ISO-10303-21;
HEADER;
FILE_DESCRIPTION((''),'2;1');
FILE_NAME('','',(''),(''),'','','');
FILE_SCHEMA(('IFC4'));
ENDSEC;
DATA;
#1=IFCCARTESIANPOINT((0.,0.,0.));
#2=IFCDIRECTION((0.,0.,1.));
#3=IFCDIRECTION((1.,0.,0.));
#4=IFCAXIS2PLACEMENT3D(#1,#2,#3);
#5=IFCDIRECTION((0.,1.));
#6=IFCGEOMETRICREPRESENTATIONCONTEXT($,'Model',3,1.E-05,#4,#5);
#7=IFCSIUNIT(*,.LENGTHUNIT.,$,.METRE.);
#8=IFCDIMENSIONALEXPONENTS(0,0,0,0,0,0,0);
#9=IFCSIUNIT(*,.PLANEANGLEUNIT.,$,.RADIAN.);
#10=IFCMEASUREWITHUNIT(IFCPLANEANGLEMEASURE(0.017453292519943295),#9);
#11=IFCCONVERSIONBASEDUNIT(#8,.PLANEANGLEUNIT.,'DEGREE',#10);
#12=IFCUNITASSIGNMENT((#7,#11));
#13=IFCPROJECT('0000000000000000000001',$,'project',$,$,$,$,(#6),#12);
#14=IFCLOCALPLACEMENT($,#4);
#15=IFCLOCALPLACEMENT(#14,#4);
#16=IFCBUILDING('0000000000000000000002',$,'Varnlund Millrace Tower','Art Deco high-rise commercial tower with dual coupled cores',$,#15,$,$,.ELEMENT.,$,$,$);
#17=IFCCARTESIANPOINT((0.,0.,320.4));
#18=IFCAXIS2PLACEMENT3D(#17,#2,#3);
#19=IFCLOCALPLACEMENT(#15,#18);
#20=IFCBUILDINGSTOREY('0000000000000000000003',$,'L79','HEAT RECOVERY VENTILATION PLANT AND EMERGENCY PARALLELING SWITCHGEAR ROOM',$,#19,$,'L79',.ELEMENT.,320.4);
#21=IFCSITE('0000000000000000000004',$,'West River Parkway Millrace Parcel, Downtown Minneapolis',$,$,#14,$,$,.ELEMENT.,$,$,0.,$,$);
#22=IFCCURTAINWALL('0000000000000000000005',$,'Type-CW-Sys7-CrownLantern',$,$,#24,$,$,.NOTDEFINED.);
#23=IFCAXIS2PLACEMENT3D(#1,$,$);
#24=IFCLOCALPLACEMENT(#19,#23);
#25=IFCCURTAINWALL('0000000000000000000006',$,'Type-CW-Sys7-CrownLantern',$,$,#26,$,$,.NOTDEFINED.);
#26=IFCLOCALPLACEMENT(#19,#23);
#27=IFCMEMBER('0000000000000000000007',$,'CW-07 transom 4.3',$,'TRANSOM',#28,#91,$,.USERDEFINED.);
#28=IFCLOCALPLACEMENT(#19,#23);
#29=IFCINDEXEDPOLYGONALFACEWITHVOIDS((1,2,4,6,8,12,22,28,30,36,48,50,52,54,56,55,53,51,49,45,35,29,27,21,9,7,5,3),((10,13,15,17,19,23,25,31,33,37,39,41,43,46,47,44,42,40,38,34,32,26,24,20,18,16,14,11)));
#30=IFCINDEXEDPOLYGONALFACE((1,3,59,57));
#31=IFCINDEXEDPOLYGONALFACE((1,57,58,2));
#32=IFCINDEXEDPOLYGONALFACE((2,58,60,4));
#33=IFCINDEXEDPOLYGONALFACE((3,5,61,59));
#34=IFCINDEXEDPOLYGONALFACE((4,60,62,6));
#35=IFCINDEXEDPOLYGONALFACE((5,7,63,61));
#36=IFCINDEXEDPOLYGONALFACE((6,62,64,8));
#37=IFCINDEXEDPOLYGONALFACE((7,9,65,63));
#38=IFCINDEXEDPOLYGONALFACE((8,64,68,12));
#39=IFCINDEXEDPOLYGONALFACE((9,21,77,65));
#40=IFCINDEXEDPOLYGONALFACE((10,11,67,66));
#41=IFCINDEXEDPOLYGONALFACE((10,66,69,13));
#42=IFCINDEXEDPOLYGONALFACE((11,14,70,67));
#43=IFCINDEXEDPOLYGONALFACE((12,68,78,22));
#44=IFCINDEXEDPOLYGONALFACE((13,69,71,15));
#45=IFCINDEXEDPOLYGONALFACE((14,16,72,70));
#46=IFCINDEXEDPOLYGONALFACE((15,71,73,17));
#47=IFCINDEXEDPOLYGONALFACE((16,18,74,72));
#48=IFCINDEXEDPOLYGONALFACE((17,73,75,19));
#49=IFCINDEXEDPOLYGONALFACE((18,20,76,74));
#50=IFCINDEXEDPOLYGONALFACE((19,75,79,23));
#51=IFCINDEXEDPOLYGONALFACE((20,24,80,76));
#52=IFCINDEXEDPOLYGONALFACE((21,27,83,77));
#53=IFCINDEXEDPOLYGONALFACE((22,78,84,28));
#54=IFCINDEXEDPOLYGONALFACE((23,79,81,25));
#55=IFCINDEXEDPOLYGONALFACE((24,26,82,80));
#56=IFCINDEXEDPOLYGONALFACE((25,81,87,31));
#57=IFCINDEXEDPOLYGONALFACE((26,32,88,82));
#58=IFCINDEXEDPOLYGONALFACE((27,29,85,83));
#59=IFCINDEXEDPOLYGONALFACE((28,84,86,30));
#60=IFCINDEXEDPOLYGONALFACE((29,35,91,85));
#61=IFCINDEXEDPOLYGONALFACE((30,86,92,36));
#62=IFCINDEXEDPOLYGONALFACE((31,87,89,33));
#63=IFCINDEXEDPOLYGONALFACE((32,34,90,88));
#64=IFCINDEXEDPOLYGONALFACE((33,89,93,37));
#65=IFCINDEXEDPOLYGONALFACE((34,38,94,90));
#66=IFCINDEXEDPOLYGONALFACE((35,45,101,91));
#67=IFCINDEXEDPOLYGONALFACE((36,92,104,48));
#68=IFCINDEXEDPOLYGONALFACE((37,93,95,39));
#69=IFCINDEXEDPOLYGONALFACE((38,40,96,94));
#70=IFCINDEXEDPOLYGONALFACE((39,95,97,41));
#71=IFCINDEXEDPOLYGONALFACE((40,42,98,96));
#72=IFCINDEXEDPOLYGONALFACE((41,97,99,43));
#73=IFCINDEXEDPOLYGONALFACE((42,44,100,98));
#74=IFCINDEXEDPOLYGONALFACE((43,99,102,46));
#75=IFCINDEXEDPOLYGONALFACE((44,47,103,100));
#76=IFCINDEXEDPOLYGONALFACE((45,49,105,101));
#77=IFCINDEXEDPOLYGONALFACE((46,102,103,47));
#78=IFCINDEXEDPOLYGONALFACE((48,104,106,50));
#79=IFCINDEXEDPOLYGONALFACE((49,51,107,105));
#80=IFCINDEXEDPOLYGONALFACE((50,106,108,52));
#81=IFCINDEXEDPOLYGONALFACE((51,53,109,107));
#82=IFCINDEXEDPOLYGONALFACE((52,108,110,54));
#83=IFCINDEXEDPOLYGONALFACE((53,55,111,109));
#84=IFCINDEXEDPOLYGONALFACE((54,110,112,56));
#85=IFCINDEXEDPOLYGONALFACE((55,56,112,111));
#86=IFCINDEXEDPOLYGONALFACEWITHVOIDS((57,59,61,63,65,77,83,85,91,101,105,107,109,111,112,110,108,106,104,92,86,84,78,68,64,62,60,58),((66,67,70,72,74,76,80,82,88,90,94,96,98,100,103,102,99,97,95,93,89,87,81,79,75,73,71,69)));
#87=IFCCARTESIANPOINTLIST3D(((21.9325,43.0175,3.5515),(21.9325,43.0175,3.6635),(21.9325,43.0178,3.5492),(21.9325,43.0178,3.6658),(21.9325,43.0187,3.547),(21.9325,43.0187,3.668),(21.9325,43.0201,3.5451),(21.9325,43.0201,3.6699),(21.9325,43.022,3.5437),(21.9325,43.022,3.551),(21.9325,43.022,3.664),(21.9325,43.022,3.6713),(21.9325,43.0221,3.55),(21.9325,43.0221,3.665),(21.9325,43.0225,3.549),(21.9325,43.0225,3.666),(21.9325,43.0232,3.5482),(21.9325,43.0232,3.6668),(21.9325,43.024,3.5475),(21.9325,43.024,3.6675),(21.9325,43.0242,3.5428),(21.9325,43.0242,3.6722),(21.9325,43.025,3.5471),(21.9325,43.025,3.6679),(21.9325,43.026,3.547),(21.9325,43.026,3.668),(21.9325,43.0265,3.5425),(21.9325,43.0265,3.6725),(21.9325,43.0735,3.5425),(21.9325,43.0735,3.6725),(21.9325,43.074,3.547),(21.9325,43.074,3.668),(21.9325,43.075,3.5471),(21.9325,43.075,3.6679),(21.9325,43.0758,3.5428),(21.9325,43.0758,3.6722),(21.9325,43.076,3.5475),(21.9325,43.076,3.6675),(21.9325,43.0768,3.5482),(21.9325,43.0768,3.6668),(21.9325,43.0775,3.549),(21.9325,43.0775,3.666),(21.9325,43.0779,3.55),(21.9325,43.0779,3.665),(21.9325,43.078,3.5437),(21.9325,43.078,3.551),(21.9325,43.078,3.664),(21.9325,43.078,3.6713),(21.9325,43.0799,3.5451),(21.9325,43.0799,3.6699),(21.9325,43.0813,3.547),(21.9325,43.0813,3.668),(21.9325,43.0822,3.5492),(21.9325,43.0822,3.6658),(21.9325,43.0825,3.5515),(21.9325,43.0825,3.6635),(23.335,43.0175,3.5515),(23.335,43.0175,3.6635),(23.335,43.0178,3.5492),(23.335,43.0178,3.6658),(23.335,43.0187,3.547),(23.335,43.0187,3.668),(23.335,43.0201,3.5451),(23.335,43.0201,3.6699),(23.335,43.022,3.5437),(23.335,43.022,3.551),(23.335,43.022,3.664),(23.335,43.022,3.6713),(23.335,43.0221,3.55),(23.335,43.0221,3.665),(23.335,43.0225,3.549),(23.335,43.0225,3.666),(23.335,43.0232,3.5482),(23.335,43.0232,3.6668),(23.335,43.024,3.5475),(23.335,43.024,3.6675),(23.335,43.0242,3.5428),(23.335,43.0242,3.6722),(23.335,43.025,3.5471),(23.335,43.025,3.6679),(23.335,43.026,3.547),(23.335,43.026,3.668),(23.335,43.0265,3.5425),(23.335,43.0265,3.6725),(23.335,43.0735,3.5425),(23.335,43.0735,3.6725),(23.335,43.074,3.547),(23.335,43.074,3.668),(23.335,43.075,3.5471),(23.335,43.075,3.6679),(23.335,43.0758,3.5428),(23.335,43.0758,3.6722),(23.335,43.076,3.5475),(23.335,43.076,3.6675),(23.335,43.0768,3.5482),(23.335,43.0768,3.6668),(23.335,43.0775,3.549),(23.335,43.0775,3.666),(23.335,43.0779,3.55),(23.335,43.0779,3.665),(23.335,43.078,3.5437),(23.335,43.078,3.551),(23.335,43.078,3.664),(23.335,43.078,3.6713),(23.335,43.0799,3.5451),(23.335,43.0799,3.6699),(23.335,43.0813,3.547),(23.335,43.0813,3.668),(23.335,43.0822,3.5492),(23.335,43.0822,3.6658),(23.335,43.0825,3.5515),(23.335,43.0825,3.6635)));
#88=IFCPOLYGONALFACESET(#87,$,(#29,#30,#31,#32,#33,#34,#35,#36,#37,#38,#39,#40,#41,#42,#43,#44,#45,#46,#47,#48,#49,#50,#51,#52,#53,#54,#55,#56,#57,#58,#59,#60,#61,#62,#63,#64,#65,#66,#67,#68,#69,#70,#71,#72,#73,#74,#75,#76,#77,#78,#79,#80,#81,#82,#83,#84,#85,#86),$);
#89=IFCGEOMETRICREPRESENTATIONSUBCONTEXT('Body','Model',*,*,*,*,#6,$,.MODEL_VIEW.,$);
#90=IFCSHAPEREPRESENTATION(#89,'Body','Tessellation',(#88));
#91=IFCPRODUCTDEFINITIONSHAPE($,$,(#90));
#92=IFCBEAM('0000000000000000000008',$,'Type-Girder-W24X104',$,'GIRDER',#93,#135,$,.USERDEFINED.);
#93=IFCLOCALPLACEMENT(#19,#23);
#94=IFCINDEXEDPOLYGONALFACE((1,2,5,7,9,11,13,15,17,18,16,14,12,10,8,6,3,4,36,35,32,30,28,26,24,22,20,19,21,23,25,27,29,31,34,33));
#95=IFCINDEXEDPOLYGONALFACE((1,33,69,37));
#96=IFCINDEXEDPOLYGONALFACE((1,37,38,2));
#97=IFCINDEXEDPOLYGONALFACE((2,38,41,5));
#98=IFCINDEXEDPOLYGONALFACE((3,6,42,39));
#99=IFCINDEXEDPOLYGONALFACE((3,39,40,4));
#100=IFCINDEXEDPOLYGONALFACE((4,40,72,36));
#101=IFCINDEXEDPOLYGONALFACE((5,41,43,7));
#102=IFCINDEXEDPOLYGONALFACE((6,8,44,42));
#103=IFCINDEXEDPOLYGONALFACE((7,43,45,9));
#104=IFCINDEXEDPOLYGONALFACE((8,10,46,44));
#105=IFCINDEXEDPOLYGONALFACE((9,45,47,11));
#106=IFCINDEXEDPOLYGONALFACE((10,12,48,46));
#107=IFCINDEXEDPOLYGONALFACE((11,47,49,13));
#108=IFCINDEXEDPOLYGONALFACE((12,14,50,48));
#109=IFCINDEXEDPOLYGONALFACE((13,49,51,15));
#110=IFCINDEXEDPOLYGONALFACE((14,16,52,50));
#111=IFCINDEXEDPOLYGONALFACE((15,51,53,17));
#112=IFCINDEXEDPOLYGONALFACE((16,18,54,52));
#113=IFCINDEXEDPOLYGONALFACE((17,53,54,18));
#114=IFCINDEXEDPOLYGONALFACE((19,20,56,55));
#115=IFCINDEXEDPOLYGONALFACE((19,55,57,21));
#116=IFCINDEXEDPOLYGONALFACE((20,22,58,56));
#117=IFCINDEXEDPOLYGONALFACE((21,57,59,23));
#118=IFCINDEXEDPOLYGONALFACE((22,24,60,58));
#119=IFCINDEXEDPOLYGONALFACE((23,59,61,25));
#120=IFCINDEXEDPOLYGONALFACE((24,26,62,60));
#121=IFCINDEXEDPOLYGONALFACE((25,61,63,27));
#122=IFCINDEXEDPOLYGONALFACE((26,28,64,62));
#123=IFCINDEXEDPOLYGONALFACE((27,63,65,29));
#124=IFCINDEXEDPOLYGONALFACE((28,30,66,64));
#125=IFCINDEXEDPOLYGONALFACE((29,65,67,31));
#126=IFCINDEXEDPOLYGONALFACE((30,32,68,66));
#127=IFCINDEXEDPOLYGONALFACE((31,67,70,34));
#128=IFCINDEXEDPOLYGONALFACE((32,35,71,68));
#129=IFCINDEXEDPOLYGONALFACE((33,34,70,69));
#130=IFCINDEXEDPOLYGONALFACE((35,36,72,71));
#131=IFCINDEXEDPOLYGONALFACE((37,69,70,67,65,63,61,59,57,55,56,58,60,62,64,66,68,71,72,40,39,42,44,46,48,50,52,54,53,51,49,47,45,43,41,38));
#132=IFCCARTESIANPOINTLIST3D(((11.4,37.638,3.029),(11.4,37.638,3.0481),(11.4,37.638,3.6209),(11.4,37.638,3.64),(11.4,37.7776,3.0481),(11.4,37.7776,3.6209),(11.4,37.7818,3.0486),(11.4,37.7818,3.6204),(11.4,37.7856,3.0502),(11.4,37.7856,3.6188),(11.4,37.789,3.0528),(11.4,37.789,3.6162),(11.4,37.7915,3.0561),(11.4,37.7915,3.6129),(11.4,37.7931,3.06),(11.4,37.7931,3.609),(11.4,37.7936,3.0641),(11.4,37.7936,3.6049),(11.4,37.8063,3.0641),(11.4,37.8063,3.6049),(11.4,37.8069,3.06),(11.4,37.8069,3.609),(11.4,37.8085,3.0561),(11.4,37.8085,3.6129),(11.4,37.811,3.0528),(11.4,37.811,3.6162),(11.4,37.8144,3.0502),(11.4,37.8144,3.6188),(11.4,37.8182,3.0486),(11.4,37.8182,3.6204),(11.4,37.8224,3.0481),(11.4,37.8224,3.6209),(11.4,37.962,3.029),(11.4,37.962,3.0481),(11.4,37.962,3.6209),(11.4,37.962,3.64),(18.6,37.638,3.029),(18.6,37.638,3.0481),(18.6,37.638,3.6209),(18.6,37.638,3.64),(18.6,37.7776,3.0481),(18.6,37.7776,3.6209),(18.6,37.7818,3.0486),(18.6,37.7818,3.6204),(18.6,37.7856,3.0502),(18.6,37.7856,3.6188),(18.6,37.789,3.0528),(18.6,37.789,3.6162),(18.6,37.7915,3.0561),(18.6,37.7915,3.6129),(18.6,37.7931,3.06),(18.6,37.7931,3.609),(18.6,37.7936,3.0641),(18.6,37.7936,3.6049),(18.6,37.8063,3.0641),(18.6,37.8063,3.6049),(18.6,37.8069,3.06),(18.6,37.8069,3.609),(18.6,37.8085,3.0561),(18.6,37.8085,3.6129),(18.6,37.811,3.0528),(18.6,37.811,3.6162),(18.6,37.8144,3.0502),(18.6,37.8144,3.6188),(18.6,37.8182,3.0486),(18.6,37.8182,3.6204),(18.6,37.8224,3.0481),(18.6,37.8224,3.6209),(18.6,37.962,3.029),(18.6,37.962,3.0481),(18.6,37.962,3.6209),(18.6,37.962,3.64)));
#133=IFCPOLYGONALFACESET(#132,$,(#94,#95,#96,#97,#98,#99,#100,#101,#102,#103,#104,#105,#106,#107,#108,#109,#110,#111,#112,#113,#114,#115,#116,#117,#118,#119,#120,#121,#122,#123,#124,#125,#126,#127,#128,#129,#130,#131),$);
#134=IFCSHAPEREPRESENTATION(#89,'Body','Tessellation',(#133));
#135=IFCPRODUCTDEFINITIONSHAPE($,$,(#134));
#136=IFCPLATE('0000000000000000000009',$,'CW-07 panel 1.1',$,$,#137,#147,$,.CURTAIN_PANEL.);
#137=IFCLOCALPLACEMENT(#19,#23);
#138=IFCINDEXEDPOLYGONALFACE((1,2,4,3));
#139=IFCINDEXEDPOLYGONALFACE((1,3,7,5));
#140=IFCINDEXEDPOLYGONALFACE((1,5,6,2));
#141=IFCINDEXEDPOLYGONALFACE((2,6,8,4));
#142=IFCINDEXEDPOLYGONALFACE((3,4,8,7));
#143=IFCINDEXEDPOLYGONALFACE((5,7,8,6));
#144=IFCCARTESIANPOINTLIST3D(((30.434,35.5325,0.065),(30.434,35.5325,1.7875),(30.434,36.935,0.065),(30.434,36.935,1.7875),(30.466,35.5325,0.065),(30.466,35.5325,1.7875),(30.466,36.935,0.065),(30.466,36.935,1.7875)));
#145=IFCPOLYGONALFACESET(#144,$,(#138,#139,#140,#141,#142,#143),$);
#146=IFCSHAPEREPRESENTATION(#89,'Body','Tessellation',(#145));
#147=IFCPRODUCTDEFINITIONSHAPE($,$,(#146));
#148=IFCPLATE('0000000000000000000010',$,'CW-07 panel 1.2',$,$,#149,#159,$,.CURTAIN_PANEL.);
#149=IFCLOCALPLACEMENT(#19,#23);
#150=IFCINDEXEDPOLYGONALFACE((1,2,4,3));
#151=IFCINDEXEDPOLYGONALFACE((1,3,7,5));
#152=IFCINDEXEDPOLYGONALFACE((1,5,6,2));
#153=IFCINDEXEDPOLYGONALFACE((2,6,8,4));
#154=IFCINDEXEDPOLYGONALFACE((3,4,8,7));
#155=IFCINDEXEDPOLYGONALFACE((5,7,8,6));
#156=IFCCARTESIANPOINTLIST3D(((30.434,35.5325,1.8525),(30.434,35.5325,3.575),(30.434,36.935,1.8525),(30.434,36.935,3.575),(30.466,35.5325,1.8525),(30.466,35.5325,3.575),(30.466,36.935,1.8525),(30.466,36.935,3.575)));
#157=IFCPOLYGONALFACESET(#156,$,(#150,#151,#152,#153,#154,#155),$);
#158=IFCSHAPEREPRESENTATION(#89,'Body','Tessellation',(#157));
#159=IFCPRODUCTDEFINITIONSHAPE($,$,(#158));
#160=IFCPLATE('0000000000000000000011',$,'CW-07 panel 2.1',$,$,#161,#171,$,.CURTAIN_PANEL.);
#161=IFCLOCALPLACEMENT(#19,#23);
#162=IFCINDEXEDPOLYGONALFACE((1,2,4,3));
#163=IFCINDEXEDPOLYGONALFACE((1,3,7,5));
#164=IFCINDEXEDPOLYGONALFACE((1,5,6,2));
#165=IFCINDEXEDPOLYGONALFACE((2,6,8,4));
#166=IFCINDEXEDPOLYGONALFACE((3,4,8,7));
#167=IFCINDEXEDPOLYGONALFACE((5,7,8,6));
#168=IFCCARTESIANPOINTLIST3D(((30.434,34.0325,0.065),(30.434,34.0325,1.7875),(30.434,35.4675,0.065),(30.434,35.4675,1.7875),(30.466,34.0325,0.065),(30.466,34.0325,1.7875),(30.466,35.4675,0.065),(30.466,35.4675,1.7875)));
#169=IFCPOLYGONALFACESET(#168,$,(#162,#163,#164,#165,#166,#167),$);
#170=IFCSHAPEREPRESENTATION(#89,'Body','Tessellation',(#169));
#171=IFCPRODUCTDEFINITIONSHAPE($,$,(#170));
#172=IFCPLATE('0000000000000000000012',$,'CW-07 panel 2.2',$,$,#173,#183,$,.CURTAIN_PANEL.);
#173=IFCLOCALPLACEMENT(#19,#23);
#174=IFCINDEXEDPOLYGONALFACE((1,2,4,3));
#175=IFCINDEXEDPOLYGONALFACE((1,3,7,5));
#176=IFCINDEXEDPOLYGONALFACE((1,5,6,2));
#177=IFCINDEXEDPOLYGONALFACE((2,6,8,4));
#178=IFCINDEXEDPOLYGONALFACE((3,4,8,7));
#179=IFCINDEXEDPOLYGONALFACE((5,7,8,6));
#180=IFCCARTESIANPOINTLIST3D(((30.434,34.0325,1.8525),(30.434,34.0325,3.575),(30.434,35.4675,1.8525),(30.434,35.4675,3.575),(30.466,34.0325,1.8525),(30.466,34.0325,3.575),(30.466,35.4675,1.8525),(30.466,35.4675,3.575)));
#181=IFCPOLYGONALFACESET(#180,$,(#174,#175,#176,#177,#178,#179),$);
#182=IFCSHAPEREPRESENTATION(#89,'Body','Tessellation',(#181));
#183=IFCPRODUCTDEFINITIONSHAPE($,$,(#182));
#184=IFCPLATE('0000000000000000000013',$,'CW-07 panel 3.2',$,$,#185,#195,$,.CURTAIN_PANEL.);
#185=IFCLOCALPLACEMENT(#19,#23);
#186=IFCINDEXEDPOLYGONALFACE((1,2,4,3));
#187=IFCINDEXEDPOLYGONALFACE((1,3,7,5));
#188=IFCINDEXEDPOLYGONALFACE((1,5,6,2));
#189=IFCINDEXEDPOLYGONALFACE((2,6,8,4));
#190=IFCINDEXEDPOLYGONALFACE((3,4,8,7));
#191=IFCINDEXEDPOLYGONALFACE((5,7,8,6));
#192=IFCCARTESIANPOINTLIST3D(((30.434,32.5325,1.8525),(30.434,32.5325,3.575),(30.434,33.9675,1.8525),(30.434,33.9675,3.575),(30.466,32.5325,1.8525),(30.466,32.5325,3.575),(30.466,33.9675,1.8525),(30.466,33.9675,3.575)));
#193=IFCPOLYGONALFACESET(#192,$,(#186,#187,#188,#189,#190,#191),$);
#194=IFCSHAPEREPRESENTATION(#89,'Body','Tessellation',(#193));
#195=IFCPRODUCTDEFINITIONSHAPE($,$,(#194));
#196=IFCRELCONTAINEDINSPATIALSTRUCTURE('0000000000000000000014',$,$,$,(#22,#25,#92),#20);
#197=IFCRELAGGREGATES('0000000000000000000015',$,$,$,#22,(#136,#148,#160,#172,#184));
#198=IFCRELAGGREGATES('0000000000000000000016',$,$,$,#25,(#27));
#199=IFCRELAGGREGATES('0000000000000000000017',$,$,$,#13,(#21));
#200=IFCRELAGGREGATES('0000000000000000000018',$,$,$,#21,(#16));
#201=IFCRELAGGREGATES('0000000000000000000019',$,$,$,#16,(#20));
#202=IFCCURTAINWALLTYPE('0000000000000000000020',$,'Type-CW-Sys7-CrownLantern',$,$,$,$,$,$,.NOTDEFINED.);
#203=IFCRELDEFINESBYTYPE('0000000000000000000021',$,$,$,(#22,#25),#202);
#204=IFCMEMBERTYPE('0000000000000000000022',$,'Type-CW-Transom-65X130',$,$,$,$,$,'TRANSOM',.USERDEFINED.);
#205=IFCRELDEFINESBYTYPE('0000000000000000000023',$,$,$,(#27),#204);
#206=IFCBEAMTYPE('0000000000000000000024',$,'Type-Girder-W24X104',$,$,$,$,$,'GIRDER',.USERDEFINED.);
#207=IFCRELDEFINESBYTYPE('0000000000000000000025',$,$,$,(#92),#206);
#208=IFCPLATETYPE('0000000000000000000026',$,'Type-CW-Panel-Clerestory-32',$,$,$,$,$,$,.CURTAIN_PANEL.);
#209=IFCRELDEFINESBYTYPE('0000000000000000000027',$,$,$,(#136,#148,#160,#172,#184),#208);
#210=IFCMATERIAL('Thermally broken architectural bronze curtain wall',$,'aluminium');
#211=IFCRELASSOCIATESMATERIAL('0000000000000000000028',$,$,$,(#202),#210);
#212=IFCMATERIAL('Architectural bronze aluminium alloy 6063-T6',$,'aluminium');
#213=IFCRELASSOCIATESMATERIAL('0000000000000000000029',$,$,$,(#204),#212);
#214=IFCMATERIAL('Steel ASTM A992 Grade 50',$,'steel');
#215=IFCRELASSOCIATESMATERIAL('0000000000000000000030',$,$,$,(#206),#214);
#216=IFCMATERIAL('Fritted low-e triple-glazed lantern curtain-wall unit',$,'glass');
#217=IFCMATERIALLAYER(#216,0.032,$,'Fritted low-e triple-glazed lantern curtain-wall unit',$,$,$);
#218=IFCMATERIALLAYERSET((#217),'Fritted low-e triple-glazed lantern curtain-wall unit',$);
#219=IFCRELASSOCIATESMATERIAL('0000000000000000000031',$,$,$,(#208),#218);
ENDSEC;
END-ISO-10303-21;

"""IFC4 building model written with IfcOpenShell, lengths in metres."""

from ifc_helpers import new_model, entity, si_unit, converted_unit, direction, frame, origin_with_axes, origin_2d_with_axis, place, context, subcontext, project, spatial, rectangle, hollow_rectangle, i_section, extrude, material, layer, layer_set, material_profile, profile_set, type_object, element, aggregate, save


model = new_model("IFC4")

# Units and contexts
model_context = context("Model", 3, precision=1e-05, world=origin_with_axes(), true_north=direction((0.0, 1.0)))
body_context = subcontext(model_context, "Body", "Model", "MODEL_VIEW")
ifc_project = project(units=[si_unit("LENGTHUNIT", "METRE"), converted_unit("PLANEANGLEUNIT", "DEGREE", entity("IfcPlaneAngleMeasure", 0.017453292519943295), si_unit("PLANEANGLEUNIT", "RADIAN"), dimensions=[0, 0, 0, 0, 0, 0, 0])], contexts=[model_context])

# Site, building, storey
site_placement = place(None, origin_with_axes())
site = spatial("IfcSite", under=ifc_project, at=site_placement, Name="West River Parkway Millrace Parcel, Downtown Minneapolis", CompositionType="ELEMENT", RefElevation=0.0)
building_placement = place(site_placement, origin_with_axes())
building = spatial("IfcBuilding", under=site, at=building_placement, Name="Varnlund Millrace Tower", Description="Art Deco high-rise commercial tower with dual coupled cores", CompositionType="ELEMENT")
storey_placement = place(building_placement, frame((0.0, 0.0, 320.4), z_axis=(0.0, 0.0, 1.0), x_axis=(1.0, 0.0, 0.0)))
storey = spatial("IfcBuildingStorey", under=building, at=storey_placement, Name="L79", Description="HEAT RECOVERY VENTILATION PLANT AND EMERGENCY PARALLELING SWITCHGEAR ROOM", LongName="L79", CompositionType="ELEMENT", Elevation=320.4)

# Curtain walls, member
ifc_material_1 = material(Name="Thermally broken architectural bronze curtain wall", Category="aluminium")
curtain_wall_type = type_object("IfcCurtainWallType", Name="Type-CW-Sys7-CrownLantern", PredefinedType="NOTDEFINED", material=ifc_material_1)
curtain_wall_1_placement = place(storey_placement, frame((30.45, 37.0, 0.0), z_axis=(0.0, 0.0, 1.0), x_axis=(1.0, 0.0, 0.0)))
curtain_wall_1 = element("IfcCurtainWall", 1, at=curtain_wall_1_placement, inside=storey, type_object=curtain_wall_type, Name="Type-CW-Sys7-CrownLantern", PredefinedType="NOTDEFINED")
ifc_material_2 = material(Name="Architectural bronze aluminium alloy 6063-T6", Category="aluminium")
ifc_material_profile_1 = material_profile(ifc_material_2, hollow_rectangle(XDim=0.065, YDim=0.13, WallThickness=0.0045, InnerFilletRadius=0.004, OuterFilletRadius=0.009, at=origin_2d_with_axis()), Name="Architectural bronze aluminium alloy 6063-T6")
ifc_profile_set_1 = profile_set([ifc_material_profile_1], Name="Architectural bronze aluminium alloy 6063-T6")
member_type = type_object("IfcMemberType", Name="Type-CW-Transom-65X130", ElementType="TRANSOM", PredefinedType="USERDEFINED", material=ifc_profile_set_1)
curtain_wall_2_placement = place(storey_placement, frame((17.4, 43.05, 0.0), z_axis=(0.0, 0.0, 1.0), x_axis=(1.0, 0.0, 0.0)))
curtain_wall_2 = element("IfcCurtainWall", 2, at=curtain_wall_2_placement, inside=storey, type_object=curtain_wall_type, Name="Type-CW-Sys7-CrownLantern", PredefinedType="NOTDEFINED")
member_1_placement = place(storey_placement, frame((21.9325, 43.05, 3.6075), z_axis=(1.0, 0.0, 0.0), x_axis=(0.0, 1.0, 0.0)))
member_1 = element("IfcMember", 3, at=member_1_placement, type_object=member_type, Name="CW-07 transom 4.3", ObjectType="TRANSOM", PredefinedType="USERDEFINED", context=body_context, shape_type="SweptSolid", body=[
    extrude(hollow_rectangle(XDim=0.065, YDim=0.13, WallThickness=0.0045, InnerFilletRadius=0.004, OuterFilletRadius=0.009, at=origin_2d_with_axis()), origin_with_axes(), (0.0, 0.0, 1.0), 1.4025),
])

# Beam
ifc_material_3 = material(Name="Steel ASTM A992 Grade 50", Category="steel")
ifc_material_profile_2 = material_profile(ifc_material_3, i_section(OverallWidth=0.324, OverallDepth=0.611, WebThickness=0.0127, FlangeThickness=0.0191, FilletRadius=0.016, at=origin_2d_with_axis()), Name="Steel ASTM A992 Grade 50")
ifc_profile_set_2 = profile_set([ifc_material_profile_2], Name="Steel ASTM A992 Grade 50")
beam_type = type_object("IfcBeamType", Name="Type-Girder-W24X104", ElementType="GIRDER", PredefinedType="USERDEFINED", material=ifc_profile_set_2)
beam_placement = place(storey_placement, frame((11.4, 37.8, 3.3345), z_axis=(1.0, 0.0, 0.0), x_axis=(0.0, 1.0, 0.0)))
element("IfcBeam", 4, at=beam_placement, inside=storey, type_object=beam_type, Name="Type-Girder-W24X104", ObjectType="GIRDER", PredefinedType="USERDEFINED", context=body_context, shape_type="SweptSolid", body=[
    extrude(i_section(OverallWidth=0.324, OverallDepth=0.611, WebThickness=0.0127, FlangeThickness=0.0191, FilletRadius=0.016, at=origin_2d_with_axis()), origin_with_axes(), (0.0, 0.0, 1.0), 7.2),
])

# Plates
ifc_material_4 = material(Name="Fritted low-e triple-glazed lantern curtain-wall unit", Category="glass")
ifc_layer = layer(ifc_material_4, 0.032, Name="Fritted low-e triple-glazed lantern curtain-wall unit")
ifc_layer_set = layer_set([ifc_layer], Name="Fritted low-e triple-glazed lantern curtain-wall unit")
plate_type = type_object("IfcPlateType", Name="Type-CW-Panel-Clerestory-32", PredefinedType="CURTAIN_PANEL", material=ifc_layer_set)
plate_1_placement = place(storey_placement, frame((30.45, 36.2338, 0.065), z_axis=(0.0, 0.0, 1.0), x_axis=(0.0, -1.0, 0.0)))
plate_1 = element("IfcPlate", 5, at=plate_1_placement, type_object=plate_type, Name="CW-07 panel 1.1", PredefinedType="CURTAIN_PANEL", context=body_context, shape_type="SweptSolid", body=[
    extrude(rectangle(XDim=1.4025, YDim=0.032, at=origin_2d_with_axis()), origin_with_axes(), (0.0, 0.0, 1.0), 1.7225),
])
plate_2_placement = place(storey_placement, frame((30.45, 36.2338, 1.8525), z_axis=(0.0, 0.0, 1.0), x_axis=(0.0, -1.0, 0.0)))
plate_2 = element("IfcPlate", 6, at=plate_2_placement, type_object=plate_type, Name="CW-07 panel 1.2", PredefinedType="CURTAIN_PANEL", context=body_context, shape_type="SweptSolid", body=[
    extrude(rectangle(XDim=1.4025, YDim=0.032, at=origin_2d_with_axis()), origin_with_axes(), (0.0, 0.0, 1.0), 1.7225),
])
plate_3_placement = place(storey_placement, frame((30.45, 34.75, 0.065), z_axis=(0.0, 0.0, 1.0), x_axis=(0.0, -1.0, 0.0)))
plate_3 = element("IfcPlate", 7, at=plate_3_placement, type_object=plate_type, Name="CW-07 panel 2.1", PredefinedType="CURTAIN_PANEL", context=body_context, shape_type="SweptSolid", body=[
    extrude(rectangle(XDim=1.435, YDim=0.032, at=origin_2d_with_axis()), origin_with_axes(), (0.0, 0.0, 1.0), 1.7225),
])
plate_4_placement = place(storey_placement, frame((30.45, 34.75, 1.8525), z_axis=(0.0, 0.0, 1.0), x_axis=(0.0, -1.0, 0.0)))
plate_4 = element("IfcPlate", 8, at=plate_4_placement, type_object=plate_type, Name="CW-07 panel 2.2", PredefinedType="CURTAIN_PANEL", context=body_context, shape_type="SweptSolid", body=[
    extrude(rectangle(XDim=1.435, YDim=0.032, at=origin_2d_with_axis()), origin_with_axes(), (0.0, 0.0, 1.0), 1.7225),
])
plate_5_placement = place(storey_placement, frame((30.45, 33.25, 1.8525), z_axis=(0.0, 0.0, 1.0), x_axis=(0.0, -1.0, 0.0)))
plate_5 = element("IfcPlate", 9, at=plate_5_placement, type_object=plate_type, Name="CW-07 panel 3.2", PredefinedType="CURTAIN_PANEL", context=body_context, shape_type="SweptSolid", body=[
    extrude(rectangle(XDim=1.435, YDim=0.032, at=origin_2d_with_axis()), origin_with_axes(), (0.0, 0.0, 1.0), 1.7225),
])
aggregate(curtain_wall_1, [plate_1, plate_2, plate_3, plate_4, plate_5])
aggregate(curtain_wall_2, [member_1])

save(model, "model.ifc")
